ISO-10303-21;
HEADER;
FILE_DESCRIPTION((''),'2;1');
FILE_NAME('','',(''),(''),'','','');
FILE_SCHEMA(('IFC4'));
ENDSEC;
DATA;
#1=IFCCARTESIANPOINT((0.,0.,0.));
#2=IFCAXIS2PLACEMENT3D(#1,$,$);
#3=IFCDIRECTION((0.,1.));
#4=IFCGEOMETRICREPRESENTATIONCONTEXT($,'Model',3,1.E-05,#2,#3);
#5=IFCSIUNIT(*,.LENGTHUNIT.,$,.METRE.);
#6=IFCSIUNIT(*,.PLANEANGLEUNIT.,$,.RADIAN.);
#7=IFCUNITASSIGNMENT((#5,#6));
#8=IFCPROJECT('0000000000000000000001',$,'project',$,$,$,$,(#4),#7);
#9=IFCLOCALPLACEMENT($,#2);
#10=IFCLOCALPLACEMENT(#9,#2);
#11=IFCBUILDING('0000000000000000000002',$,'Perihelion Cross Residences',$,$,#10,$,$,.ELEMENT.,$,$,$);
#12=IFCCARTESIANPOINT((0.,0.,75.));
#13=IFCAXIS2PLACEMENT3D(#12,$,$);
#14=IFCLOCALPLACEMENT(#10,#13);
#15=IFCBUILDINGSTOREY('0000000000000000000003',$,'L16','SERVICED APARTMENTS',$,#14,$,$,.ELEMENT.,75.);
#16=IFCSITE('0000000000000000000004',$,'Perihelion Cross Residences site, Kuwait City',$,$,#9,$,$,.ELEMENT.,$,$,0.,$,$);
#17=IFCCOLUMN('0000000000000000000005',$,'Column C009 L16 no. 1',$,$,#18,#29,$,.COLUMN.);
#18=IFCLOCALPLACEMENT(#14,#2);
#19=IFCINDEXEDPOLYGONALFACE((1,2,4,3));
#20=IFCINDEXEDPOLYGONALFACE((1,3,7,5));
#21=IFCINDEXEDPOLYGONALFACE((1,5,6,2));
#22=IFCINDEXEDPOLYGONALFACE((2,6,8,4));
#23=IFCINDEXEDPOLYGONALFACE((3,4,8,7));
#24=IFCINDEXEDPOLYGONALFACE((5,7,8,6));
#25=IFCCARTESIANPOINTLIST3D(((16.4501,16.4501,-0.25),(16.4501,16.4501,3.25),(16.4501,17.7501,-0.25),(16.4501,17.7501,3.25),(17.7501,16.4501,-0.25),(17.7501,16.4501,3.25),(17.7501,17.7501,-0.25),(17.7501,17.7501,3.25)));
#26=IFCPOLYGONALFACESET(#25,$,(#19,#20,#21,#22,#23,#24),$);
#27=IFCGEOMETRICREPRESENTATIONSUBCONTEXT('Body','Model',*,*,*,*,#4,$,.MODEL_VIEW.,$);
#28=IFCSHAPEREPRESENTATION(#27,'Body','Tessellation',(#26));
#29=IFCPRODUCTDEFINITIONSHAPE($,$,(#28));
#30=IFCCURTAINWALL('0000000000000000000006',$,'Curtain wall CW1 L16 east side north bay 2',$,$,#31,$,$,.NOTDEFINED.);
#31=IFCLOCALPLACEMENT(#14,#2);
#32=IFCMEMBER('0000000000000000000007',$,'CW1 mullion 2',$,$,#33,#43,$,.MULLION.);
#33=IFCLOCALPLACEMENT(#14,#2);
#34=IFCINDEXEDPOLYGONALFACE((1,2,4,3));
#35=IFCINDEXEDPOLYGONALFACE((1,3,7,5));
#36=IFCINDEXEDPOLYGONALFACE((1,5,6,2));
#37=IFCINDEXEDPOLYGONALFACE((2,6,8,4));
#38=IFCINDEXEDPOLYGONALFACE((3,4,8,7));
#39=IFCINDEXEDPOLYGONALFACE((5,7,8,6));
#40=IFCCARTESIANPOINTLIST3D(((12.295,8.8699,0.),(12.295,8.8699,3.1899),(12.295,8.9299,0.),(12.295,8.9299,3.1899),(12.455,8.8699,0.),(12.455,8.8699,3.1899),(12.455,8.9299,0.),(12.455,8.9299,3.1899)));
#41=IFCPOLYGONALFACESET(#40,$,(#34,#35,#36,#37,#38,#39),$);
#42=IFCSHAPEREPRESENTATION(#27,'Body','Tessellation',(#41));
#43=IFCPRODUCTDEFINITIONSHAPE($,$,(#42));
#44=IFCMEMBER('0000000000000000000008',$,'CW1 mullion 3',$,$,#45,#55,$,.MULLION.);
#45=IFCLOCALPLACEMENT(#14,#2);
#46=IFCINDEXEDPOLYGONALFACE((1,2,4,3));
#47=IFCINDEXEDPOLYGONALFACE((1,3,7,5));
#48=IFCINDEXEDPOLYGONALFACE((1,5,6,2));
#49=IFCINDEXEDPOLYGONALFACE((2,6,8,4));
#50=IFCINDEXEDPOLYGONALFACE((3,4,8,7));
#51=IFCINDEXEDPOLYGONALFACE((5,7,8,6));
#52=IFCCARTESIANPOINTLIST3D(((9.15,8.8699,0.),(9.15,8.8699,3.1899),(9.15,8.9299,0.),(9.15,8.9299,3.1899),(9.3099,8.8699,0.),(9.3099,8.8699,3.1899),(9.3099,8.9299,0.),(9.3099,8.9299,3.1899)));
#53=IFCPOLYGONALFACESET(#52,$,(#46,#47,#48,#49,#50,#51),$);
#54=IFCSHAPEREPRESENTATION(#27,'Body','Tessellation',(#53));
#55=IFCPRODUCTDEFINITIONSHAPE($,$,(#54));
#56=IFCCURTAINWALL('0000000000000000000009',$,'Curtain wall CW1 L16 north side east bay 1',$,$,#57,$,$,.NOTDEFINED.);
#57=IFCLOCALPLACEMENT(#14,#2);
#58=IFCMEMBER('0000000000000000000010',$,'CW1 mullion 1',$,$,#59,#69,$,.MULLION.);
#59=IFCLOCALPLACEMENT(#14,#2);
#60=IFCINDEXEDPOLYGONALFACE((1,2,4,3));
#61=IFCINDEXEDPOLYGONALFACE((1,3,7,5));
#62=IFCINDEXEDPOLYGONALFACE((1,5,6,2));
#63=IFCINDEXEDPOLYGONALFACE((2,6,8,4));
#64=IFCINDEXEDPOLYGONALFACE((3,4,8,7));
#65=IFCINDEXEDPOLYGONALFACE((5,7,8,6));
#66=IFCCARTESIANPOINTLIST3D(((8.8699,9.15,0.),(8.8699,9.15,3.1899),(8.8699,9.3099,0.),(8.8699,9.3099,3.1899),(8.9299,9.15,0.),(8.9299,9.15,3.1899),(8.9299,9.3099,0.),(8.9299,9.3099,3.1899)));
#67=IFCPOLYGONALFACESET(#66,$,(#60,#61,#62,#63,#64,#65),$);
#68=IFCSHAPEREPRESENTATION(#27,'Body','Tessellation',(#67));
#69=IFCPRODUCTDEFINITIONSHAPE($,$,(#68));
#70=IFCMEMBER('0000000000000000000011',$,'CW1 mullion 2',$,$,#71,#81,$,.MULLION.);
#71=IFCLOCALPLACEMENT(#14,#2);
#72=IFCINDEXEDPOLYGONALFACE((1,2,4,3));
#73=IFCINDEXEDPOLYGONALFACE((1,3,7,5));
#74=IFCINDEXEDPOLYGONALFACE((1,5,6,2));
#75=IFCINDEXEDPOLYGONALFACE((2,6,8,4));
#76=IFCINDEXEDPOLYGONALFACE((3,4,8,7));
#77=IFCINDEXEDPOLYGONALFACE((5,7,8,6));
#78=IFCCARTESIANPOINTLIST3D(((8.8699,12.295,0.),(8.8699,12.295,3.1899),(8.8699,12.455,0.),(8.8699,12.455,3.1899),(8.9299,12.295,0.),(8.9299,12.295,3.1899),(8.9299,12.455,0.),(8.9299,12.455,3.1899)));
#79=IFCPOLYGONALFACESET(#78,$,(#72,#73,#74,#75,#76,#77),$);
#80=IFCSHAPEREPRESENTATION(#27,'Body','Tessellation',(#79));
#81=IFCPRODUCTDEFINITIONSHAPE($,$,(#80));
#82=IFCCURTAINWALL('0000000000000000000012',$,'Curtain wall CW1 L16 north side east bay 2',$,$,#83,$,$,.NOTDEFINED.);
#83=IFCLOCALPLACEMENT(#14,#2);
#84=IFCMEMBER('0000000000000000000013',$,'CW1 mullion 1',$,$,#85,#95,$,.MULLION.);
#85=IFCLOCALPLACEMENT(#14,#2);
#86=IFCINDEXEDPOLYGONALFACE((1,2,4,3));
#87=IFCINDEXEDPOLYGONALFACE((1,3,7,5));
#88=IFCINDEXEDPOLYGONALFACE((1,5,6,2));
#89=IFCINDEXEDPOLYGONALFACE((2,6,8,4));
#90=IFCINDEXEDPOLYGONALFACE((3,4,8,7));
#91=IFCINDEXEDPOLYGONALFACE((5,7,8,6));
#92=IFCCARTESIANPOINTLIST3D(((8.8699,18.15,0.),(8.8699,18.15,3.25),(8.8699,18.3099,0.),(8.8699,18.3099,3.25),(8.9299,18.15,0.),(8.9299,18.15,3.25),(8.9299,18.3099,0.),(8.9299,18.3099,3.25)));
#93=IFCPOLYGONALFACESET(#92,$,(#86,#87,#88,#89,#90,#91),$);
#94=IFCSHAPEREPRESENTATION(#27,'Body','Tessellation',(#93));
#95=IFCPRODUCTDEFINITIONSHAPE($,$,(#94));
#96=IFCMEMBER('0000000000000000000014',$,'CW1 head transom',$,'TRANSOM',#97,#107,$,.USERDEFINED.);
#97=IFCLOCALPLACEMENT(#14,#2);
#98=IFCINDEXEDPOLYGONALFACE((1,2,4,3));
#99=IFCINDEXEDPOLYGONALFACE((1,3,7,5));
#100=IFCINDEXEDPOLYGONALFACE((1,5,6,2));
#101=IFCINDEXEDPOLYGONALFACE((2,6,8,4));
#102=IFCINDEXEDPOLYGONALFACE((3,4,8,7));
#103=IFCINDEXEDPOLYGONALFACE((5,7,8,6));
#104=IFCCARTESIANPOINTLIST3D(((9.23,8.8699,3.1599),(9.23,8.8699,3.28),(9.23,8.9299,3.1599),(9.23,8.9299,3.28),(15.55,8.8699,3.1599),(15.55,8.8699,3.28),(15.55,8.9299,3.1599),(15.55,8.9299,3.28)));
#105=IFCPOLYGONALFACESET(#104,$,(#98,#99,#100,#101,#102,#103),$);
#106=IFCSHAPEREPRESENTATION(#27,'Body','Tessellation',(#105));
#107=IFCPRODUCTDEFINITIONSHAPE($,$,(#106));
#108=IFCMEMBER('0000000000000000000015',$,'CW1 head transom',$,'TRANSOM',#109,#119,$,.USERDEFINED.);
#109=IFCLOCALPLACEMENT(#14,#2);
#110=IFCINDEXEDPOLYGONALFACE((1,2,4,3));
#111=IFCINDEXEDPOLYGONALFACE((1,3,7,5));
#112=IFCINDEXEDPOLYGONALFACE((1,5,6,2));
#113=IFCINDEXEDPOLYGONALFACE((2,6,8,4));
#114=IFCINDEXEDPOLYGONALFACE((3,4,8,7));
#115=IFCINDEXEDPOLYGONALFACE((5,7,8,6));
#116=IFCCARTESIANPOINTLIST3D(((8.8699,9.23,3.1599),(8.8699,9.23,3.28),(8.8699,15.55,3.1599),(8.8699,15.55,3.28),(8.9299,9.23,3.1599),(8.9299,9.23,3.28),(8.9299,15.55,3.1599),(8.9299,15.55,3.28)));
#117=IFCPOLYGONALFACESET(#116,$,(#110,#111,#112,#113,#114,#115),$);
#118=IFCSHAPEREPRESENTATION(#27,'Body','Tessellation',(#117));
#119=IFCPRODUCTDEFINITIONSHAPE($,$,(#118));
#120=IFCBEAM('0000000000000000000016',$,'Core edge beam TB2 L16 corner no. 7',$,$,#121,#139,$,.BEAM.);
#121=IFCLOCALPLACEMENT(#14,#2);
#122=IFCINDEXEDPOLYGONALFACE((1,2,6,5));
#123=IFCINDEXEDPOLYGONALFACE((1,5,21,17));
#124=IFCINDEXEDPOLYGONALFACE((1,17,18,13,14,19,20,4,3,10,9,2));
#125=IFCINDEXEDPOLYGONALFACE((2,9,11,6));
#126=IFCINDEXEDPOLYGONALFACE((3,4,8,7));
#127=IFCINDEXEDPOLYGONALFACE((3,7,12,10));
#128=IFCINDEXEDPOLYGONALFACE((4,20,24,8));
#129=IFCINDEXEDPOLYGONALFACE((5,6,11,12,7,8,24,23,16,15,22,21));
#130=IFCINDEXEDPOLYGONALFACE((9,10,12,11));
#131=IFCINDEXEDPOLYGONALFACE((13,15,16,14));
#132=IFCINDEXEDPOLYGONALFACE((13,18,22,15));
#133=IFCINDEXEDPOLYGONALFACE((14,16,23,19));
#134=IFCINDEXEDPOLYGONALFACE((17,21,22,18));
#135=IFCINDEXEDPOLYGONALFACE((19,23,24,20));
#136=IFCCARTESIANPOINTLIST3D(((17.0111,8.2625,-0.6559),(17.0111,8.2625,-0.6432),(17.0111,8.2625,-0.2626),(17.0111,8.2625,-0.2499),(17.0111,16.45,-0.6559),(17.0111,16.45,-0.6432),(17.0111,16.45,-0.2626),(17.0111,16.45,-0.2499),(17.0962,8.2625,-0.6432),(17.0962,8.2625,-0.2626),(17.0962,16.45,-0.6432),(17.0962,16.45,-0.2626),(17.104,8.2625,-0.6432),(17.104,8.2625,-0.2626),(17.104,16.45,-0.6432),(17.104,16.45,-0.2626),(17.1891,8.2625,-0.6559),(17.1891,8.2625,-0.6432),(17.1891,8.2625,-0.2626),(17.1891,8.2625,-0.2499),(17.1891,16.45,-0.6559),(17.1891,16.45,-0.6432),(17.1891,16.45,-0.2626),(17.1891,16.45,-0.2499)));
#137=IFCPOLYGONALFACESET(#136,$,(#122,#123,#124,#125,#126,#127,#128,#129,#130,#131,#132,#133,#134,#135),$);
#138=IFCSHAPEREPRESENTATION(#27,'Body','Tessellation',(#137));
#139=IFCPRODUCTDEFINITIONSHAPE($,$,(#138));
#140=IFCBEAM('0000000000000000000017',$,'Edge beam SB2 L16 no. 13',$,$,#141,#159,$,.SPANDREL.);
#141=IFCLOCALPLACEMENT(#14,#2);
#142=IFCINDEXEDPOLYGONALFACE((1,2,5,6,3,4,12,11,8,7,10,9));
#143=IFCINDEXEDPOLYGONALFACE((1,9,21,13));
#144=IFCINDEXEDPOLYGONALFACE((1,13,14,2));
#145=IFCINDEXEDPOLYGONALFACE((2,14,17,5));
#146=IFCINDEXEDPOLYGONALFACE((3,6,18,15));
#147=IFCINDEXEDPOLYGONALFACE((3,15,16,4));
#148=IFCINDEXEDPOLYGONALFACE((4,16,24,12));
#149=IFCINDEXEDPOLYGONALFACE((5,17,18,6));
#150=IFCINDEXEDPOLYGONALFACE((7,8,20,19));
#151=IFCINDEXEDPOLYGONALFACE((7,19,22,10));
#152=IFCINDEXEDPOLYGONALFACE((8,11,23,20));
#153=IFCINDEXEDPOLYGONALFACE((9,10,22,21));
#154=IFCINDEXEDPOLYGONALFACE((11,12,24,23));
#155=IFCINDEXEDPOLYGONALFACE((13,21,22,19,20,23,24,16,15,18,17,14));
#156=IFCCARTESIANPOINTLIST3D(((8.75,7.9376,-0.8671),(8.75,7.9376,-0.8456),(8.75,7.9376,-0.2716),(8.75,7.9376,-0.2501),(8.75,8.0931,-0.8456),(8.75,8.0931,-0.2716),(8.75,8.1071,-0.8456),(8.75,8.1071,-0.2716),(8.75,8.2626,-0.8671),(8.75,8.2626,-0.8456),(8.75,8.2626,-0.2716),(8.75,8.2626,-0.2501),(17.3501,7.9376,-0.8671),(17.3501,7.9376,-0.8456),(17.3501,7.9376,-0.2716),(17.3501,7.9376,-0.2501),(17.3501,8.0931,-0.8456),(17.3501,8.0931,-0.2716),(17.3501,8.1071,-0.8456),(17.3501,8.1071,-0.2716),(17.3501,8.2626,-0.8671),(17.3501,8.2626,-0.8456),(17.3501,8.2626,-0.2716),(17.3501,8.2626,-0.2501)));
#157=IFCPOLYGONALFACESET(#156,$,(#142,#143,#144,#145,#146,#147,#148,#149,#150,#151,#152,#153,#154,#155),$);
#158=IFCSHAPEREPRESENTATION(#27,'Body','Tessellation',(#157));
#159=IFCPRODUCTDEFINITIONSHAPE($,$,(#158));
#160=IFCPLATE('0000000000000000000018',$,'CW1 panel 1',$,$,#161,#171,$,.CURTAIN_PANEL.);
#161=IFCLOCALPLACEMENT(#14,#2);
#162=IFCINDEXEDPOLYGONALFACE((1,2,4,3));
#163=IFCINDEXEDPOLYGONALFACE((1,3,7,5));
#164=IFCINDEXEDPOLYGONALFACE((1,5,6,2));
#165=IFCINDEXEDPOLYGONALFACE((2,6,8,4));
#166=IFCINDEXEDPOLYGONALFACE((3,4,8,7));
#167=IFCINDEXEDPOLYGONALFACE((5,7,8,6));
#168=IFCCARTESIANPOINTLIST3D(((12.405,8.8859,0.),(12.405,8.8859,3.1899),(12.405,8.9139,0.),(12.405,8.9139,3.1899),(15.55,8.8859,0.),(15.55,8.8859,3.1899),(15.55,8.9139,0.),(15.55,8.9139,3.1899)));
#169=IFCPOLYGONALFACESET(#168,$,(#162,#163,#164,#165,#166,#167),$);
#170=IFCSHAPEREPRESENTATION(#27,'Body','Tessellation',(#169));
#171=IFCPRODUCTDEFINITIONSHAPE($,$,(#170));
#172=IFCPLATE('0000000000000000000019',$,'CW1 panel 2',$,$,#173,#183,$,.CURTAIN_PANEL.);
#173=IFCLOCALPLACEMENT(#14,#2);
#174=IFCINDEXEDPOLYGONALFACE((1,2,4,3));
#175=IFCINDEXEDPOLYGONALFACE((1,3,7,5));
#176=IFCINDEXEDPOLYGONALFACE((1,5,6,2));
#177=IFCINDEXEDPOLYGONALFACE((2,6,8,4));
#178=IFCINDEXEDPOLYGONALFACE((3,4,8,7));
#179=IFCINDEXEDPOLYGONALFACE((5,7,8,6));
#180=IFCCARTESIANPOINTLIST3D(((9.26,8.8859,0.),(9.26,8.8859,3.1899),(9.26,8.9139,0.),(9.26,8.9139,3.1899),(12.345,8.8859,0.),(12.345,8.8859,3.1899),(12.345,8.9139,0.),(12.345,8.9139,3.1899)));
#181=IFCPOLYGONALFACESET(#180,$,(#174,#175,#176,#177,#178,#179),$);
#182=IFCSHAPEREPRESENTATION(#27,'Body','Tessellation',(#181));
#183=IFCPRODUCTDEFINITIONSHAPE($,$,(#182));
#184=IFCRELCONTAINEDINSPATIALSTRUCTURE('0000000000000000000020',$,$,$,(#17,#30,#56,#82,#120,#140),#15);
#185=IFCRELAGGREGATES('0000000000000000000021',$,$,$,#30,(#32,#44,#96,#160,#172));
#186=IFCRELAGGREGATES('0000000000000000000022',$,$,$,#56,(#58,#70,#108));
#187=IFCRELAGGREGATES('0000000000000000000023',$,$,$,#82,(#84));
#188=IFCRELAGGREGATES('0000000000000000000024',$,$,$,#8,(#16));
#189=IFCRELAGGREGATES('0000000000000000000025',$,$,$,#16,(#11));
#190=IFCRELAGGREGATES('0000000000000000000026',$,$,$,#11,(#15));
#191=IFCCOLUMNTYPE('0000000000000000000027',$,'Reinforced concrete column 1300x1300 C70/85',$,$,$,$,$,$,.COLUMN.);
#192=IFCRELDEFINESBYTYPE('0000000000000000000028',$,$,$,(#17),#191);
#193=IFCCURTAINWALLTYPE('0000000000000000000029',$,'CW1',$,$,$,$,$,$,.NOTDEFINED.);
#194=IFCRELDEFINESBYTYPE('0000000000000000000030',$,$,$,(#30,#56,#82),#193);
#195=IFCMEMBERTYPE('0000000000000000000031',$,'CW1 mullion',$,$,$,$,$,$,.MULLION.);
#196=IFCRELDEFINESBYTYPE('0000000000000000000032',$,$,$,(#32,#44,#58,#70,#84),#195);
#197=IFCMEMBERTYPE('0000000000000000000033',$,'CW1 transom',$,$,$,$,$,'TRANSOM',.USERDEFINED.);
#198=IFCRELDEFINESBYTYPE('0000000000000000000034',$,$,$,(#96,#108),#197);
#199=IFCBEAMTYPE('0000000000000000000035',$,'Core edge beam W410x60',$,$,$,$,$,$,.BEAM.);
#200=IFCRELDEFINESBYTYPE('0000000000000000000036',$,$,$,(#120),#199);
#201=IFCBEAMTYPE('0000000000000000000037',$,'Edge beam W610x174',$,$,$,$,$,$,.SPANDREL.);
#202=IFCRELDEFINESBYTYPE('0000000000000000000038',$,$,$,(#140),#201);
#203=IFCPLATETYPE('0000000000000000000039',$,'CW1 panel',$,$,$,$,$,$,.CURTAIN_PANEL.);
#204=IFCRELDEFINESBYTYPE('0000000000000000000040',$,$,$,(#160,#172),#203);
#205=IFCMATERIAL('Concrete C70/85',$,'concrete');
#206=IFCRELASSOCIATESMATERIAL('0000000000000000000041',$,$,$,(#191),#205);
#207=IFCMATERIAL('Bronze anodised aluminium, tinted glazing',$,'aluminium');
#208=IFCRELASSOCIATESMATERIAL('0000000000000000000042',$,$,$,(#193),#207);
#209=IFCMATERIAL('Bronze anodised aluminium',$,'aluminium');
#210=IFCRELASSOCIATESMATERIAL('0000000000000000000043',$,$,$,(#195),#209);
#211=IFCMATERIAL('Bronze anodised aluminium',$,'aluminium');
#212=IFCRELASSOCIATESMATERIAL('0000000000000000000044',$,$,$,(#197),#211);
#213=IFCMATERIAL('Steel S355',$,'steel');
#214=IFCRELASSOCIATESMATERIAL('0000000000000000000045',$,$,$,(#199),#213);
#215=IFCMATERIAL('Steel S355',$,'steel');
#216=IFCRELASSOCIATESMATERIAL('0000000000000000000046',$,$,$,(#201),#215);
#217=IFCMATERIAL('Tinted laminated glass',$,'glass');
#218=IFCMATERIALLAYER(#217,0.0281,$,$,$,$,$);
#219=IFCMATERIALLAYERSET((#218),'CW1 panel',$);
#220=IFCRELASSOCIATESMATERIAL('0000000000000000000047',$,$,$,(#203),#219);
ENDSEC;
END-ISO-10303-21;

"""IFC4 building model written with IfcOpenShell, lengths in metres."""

from ifc_helpers import new_model, si_unit, direction, frame, origin, origin_2d, place, context, subcontext, project, spatial, rectangle, i_section, extrude, material, layer, layer_set, material_profile, profile_set, type_object, element, aggregate, save


model = new_model("IFC4")

# Units and contexts
model_context = context("Model", 3, precision=1e-05, world=origin(), true_north=direction((0.0, 1.0)))
body_context = subcontext(model_context, "Body", "Model", "MODEL_VIEW")
ifc_project = project(units=[si_unit("LENGTHUNIT", "METRE"), si_unit("PLANEANGLEUNIT", "RADIAN")], contexts=[model_context])

# Site, building, storey
site_placement = place(None, origin())
site = spatial("IfcSite", under=ifc_project, at=site_placement, Name="Perihelion Cross Residences site, Kuwait City", CompositionType="ELEMENT", RefElevation=0.0)
building_placement = place(site_placement, origin())
building = spatial("IfcBuilding", under=site, at=building_placement, Name="Perihelion Cross Residences", CompositionType="ELEMENT")
storey_placement = place(building_placement, frame((0.0, 0.0, 75.0)))
storey = spatial("IfcBuildingStorey", under=building, at=storey_placement, Name="L16", Description="SERVICED APARTMENTS", CompositionType="ELEMENT", Elevation=75.0)

# Column
ifc_material_1 = material(Name="Concrete C70/85", Category="concrete")
ifc_material_profile_1 = material_profile(ifc_material_1, rectangle(XDim=1.3, YDim=1.3, at=origin_2d()), Name="RC 1300x1300")
ifc_profile_set_1 = profile_set([ifc_material_profile_1], Name="Concrete C70/85")
column_type = type_object("IfcColumnType", Name="Reinforced concrete column 1300x1300 C70/85", PredefinedType="COLUMN", material=ifc_profile_set_1)
column_placement = place(storey_placement, frame((17.1001, 17.1001, -0.25), z_axis=(0.0, 0.0, 1.0), x_axis=(1.0, 0.0, 0.0)))
element("IfcColumn", 1, at=column_placement, inside=storey, type_object=column_type, Name="Column C009 L16 no. 1", PredefinedType="COLUMN", context=body_context, shape_type="SweptSolid", body=[
    extrude(rectangle(XDim=1.3, YDim=1.3, at=origin_2d()), origin(), (0.0, 0.0, 1.0), 3.5),
])

# Curtain walls, members
ifc_material_2 = material(Name="Bronze anodised aluminium, tinted glazing", Category="aluminium")
curtain_wall_type = type_object("IfcCurtainWallType", Name="CW1", PredefinedType="NOTDEFINED", material=ifc_material_2)
curtain_wall_1_placement = place(storey_placement, origin())
curtain_wall_1 = element("IfcCurtainWall", 2, at=curtain_wall_1_placement, inside=storey, type_object=curtain_wall_type, Name="Curtain wall CW1 L16 east side north bay 2", PredefinedType="NOTDEFINED")
ifc_material_3 = material(Name="Bronze anodised aluminium", Category="aluminium")
ifc_material_profile_2 = material_profile(ifc_material_3, rectangle(XDim=0.0601, YDim=0.1599, at=origin_2d()), Name="CW1 mullion")
ifc_profile_set_2 = profile_set([ifc_material_profile_2], Name="Bronze anodised aluminium")
member_type_1 = type_object("IfcMemberType", Name="CW1 mullion", PredefinedType="MULLION", material=ifc_profile_set_2)
member_1_placement = place(storey_placement, frame((12.375, 8.8999, 0.0), z_axis=(0.0, 0.0, 1.0), x_axis=(0.0, -1.0, 0.0)))
member_1 = element("IfcMember", 3, at=member_1_placement, type_object=member_type_1, Name="CW1 mullion 2", PredefinedType="MULLION", context=body_context, shape_type="SweptSolid", body=[
    extrude(rectangle(XDim=0.0601, YDim=0.1599, at=origin_2d()), origin(), (0.0, 0.0, 1.0), 3.1899),
])
member_2_placement = place(storey_placement, frame((9.23, 8.8999, 0.0), z_axis=(0.0, 0.0, 1.0), x_axis=(0.0, -1.0, 0.0)))
member_2 = element("IfcMember", 4, at=member_2_placement, type_object=member_type_1, Name="CW1 mullion 3", PredefinedType="MULLION", context=body_context, shape_type="SweptSolid", body=[
    extrude(rectangle(XDim=0.0601, YDim=0.1599, at=origin_2d()), origin(), (0.0, 0.0, 1.0), 3.1899),
])
curtain_wall_2_placement = place(storey_placement, origin())
curtain_wall_2 = element("IfcCurtainWall", 5, at=curtain_wall_2_placement, inside=storey, type_object=curtain_wall_type, Name="Curtain wall CW1 L16 north side east bay 1", PredefinedType="NOTDEFINED")
member_3_placement = place(storey_placement, frame((8.8999, 9.23, 0.0), z_axis=(0.0, 0.0, 1.0), x_axis=(-1.0, 0.0, 0.0)))
member_3 = element("IfcMember", 6, at=member_3_placement, type_object=member_type_1, Name="CW1 mullion 1", PredefinedType="MULLION", context=body_context, shape_type="SweptSolid", body=[
    extrude(rectangle(XDim=0.0601, YDim=0.1599, at=origin_2d()), origin(), (0.0, 0.0, 1.0), 3.1899),
])
member_4_placement = place(storey_placement, frame((8.8999, 12.375, 0.0), z_axis=(0.0, 0.0, 1.0), x_axis=(-1.0, 0.0, 0.0)))
member_4 = element("IfcMember", 7, at=member_4_placement, type_object=member_type_1, Name="CW1 mullion 2", PredefinedType="MULLION", context=body_context, shape_type="SweptSolid", body=[
    extrude(rectangle(XDim=0.0601, YDim=0.1599, at=origin_2d()), origin(), (0.0, 0.0, 1.0), 3.1899),
])

# Curtain wall, member
curtain_wall_3_placement = place(storey_placement, origin())
curtain_wall_3 = element("IfcCurtainWall", 8, at=curtain_wall_3_placement, inside=storey, type_object=curtain_wall_type, Name="Curtain wall CW1 L16 north side east bay 2", PredefinedType="NOTDEFINED")
member_5_placement = place(storey_placement, frame((8.8999, 18.23, 0.0), z_axis=(0.0, 0.0, 1.0), x_axis=(-1.0, 0.0, 0.0)))
member_5 = element("IfcMember", 9, at=member_5_placement, type_object=member_type_1, Name="CW1 mullion 1", PredefinedType="MULLION", context=body_context, shape_type="SweptSolid", body=[
    extrude(rectangle(XDim=0.0601, YDim=0.1599, at=origin_2d()), origin(), (0.0, 0.0, 1.0), 3.25),
])

# Members
ifc_material_4 = material(Name="Bronze anodised aluminium", Category="aluminium")
ifc_material_profile_3 = material_profile(ifc_material_4, rectangle(XDim=0.0601, YDim=0.1201, at=origin_2d()), Name="CW1 transom")
ifc_profile_set_3 = profile_set([ifc_material_profile_3], Name="Bronze anodised aluminium")
member_type_2 = type_object("IfcMemberType", Name="CW1 transom", ElementType="TRANSOM", PredefinedType="USERDEFINED", material=ifc_profile_set_3)
member_6_placement = place(storey_placement, frame((15.55, 8.8999, 3.22), z_axis=(-1.0, 0.0, 0.0), x_axis=(0.0, -1.0, 0.0)))
member_6 = element("IfcMember", 10, at=member_6_placement, type_object=member_type_2, Name="CW1 head transom", ObjectType="TRANSOM", PredefinedType="USERDEFINED", context=body_context, shape_type="SweptSolid", body=[
    extrude(rectangle(XDim=0.0601, YDim=0.1201, at=origin_2d()), origin(), (0.0, 0.0, 1.0), 6.3201),
])
member_7_placement = place(storey_placement, frame((8.8999, 9.23, 3.22), z_axis=(0.0, 1.0, 0.0), x_axis=(-1.0, 0.0, 0.0)))
member_7 = element("IfcMember", 11, at=member_7_placement, type_object=member_type_2, Name="CW1 head transom", ObjectType="TRANSOM", PredefinedType="USERDEFINED", context=body_context, shape_type="SweptSolid", body=[
    extrude(rectangle(XDim=0.0601, YDim=0.1201, at=origin_2d()), origin(), (0.0, 0.0, 1.0), 6.3201),
])

# Beams
ifc_material_5 = material(Name="Steel S355", Category="steel")
ifc_material_profile_4 = material_profile(ifc_material_5, i_section(OverallWidth=0.178, OverallDepth=0.406, WebThickness=0.0078, FlangeThickness=0.0127, at=origin_2d()), Name="W410x60")
ifc_profile_set_4 = profile_set([ifc_material_profile_4], Name="Steel S355")
beam_type_1 = type_object("IfcBeamType", Name="Core edge beam W410x60", PredefinedType="BEAM", material=ifc_profile_set_4)
beam_1_placement = place(storey_placement, frame((17.1001, 8.2625, -0.4529), z_axis=(0.0, 1.0, 0.0), x_axis=(-1.0, 0.0, 0.0)))
element("IfcBeam", 12, at=beam_1_placement, inside=storey, type_object=beam_type_1, Name="Core edge beam TB2 L16 corner no. 7", PredefinedType="BEAM", context=body_context, shape_type="SweptSolid", body=[
    extrude(i_section(OverallWidth=0.178, OverallDepth=0.406, WebThickness=0.0078, FlangeThickness=0.0127, at=origin_2d()), origin(), (0.0, 0.0, 1.0), 8.1875),
])
ifc_material_6 = material(Name="Steel S355", Category="steel")
ifc_material_profile_5 = material_profile(ifc_material_6, i_section(OverallWidth=0.325, OverallDepth=0.6169, WebThickness=0.0139, FlangeThickness=0.0215, at=origin_2d()), Name="W610x174")
ifc_profile_set_5 = profile_set([ifc_material_profile_5], Name="Steel S355")
beam_type_2 = type_object("IfcBeamType", Name="Edge beam W610x174", PredefinedType="SPANDREL", material=ifc_profile_set_5)
beam_2_placement = place(storey_placement, frame((17.3501, 8.1001, -0.5586), z_axis=(-1.0, 0.0, 0.0), x_axis=(0.0, -1.0, 0.0)))
element("IfcBeam", 13, at=beam_2_placement, inside=storey, type_object=beam_type_2, Name="Edge beam SB2 L16 no. 13", PredefinedType="SPANDREL", context=body_context, shape_type="SweptSolid", body=[
    extrude(i_section(OverallWidth=0.325, OverallDepth=0.6169, WebThickness=0.0139, FlangeThickness=0.0215, at=origin_2d()), origin(), (0.0, 0.0, 1.0), 8.6001),
])

# Plates
ifc_material_7 = material(Name="Tinted laminated glass", Category="glass")
ifc_layer_1 = layer(ifc_material_7, 0.0281)
ifc_layer_set_1 = layer_set([ifc_layer_1], Name="CW1 panel")
plate_type = type_object("IfcPlateType", Name="CW1 panel", PredefinedType="CURTAIN_PANEL", material=ifc_layer_set_1)
plate_1_placement = place(storey_placement, frame((13.9775, 8.8999, 0.0), z_axis=(0.0, 0.0, 1.0), x_axis=(-1.0, 0.0, 0.0)))
plate_1 = element("IfcPlate", 14, at=plate_1_placement, type_object=plate_type, Name="CW1 panel 1", PredefinedType="CURTAIN_PANEL", context=body_context, shape_type="SweptSolid", body=[
    extrude(rectangle(XDim=3.145, YDim=0.0281, at=origin_2d()), origin(), (0.0, 0.0, 1.0), 3.1899),
])
plate_2_placement = place(storey_placement, frame((10.8025, 8.8999, 0.0), z_axis=(0.0, 0.0, 1.0), x_axis=(-1.0, 0.0, 0.0)))
plate_2 = element("IfcPlate", 15, at=plate_2_placement, type_object=plate_type, Name="CW1 panel 2", PredefinedType="CURTAIN_PANEL", context=body_context, shape_type="SweptSolid", body=[
    extrude(rectangle(XDim=3.085, YDim=0.0281, at=origin_2d()), origin(), (0.0, 0.0, 1.0), 3.1899),
])
aggregate(curtain_wall_1, [member_1, member_2, member_6, plate_1, plate_2])
aggregate(curtain_wall_2, [member_3, member_4, member_7])
aggregate(curtain_wall_3, [member_5])

save(model, "model.ifc")
